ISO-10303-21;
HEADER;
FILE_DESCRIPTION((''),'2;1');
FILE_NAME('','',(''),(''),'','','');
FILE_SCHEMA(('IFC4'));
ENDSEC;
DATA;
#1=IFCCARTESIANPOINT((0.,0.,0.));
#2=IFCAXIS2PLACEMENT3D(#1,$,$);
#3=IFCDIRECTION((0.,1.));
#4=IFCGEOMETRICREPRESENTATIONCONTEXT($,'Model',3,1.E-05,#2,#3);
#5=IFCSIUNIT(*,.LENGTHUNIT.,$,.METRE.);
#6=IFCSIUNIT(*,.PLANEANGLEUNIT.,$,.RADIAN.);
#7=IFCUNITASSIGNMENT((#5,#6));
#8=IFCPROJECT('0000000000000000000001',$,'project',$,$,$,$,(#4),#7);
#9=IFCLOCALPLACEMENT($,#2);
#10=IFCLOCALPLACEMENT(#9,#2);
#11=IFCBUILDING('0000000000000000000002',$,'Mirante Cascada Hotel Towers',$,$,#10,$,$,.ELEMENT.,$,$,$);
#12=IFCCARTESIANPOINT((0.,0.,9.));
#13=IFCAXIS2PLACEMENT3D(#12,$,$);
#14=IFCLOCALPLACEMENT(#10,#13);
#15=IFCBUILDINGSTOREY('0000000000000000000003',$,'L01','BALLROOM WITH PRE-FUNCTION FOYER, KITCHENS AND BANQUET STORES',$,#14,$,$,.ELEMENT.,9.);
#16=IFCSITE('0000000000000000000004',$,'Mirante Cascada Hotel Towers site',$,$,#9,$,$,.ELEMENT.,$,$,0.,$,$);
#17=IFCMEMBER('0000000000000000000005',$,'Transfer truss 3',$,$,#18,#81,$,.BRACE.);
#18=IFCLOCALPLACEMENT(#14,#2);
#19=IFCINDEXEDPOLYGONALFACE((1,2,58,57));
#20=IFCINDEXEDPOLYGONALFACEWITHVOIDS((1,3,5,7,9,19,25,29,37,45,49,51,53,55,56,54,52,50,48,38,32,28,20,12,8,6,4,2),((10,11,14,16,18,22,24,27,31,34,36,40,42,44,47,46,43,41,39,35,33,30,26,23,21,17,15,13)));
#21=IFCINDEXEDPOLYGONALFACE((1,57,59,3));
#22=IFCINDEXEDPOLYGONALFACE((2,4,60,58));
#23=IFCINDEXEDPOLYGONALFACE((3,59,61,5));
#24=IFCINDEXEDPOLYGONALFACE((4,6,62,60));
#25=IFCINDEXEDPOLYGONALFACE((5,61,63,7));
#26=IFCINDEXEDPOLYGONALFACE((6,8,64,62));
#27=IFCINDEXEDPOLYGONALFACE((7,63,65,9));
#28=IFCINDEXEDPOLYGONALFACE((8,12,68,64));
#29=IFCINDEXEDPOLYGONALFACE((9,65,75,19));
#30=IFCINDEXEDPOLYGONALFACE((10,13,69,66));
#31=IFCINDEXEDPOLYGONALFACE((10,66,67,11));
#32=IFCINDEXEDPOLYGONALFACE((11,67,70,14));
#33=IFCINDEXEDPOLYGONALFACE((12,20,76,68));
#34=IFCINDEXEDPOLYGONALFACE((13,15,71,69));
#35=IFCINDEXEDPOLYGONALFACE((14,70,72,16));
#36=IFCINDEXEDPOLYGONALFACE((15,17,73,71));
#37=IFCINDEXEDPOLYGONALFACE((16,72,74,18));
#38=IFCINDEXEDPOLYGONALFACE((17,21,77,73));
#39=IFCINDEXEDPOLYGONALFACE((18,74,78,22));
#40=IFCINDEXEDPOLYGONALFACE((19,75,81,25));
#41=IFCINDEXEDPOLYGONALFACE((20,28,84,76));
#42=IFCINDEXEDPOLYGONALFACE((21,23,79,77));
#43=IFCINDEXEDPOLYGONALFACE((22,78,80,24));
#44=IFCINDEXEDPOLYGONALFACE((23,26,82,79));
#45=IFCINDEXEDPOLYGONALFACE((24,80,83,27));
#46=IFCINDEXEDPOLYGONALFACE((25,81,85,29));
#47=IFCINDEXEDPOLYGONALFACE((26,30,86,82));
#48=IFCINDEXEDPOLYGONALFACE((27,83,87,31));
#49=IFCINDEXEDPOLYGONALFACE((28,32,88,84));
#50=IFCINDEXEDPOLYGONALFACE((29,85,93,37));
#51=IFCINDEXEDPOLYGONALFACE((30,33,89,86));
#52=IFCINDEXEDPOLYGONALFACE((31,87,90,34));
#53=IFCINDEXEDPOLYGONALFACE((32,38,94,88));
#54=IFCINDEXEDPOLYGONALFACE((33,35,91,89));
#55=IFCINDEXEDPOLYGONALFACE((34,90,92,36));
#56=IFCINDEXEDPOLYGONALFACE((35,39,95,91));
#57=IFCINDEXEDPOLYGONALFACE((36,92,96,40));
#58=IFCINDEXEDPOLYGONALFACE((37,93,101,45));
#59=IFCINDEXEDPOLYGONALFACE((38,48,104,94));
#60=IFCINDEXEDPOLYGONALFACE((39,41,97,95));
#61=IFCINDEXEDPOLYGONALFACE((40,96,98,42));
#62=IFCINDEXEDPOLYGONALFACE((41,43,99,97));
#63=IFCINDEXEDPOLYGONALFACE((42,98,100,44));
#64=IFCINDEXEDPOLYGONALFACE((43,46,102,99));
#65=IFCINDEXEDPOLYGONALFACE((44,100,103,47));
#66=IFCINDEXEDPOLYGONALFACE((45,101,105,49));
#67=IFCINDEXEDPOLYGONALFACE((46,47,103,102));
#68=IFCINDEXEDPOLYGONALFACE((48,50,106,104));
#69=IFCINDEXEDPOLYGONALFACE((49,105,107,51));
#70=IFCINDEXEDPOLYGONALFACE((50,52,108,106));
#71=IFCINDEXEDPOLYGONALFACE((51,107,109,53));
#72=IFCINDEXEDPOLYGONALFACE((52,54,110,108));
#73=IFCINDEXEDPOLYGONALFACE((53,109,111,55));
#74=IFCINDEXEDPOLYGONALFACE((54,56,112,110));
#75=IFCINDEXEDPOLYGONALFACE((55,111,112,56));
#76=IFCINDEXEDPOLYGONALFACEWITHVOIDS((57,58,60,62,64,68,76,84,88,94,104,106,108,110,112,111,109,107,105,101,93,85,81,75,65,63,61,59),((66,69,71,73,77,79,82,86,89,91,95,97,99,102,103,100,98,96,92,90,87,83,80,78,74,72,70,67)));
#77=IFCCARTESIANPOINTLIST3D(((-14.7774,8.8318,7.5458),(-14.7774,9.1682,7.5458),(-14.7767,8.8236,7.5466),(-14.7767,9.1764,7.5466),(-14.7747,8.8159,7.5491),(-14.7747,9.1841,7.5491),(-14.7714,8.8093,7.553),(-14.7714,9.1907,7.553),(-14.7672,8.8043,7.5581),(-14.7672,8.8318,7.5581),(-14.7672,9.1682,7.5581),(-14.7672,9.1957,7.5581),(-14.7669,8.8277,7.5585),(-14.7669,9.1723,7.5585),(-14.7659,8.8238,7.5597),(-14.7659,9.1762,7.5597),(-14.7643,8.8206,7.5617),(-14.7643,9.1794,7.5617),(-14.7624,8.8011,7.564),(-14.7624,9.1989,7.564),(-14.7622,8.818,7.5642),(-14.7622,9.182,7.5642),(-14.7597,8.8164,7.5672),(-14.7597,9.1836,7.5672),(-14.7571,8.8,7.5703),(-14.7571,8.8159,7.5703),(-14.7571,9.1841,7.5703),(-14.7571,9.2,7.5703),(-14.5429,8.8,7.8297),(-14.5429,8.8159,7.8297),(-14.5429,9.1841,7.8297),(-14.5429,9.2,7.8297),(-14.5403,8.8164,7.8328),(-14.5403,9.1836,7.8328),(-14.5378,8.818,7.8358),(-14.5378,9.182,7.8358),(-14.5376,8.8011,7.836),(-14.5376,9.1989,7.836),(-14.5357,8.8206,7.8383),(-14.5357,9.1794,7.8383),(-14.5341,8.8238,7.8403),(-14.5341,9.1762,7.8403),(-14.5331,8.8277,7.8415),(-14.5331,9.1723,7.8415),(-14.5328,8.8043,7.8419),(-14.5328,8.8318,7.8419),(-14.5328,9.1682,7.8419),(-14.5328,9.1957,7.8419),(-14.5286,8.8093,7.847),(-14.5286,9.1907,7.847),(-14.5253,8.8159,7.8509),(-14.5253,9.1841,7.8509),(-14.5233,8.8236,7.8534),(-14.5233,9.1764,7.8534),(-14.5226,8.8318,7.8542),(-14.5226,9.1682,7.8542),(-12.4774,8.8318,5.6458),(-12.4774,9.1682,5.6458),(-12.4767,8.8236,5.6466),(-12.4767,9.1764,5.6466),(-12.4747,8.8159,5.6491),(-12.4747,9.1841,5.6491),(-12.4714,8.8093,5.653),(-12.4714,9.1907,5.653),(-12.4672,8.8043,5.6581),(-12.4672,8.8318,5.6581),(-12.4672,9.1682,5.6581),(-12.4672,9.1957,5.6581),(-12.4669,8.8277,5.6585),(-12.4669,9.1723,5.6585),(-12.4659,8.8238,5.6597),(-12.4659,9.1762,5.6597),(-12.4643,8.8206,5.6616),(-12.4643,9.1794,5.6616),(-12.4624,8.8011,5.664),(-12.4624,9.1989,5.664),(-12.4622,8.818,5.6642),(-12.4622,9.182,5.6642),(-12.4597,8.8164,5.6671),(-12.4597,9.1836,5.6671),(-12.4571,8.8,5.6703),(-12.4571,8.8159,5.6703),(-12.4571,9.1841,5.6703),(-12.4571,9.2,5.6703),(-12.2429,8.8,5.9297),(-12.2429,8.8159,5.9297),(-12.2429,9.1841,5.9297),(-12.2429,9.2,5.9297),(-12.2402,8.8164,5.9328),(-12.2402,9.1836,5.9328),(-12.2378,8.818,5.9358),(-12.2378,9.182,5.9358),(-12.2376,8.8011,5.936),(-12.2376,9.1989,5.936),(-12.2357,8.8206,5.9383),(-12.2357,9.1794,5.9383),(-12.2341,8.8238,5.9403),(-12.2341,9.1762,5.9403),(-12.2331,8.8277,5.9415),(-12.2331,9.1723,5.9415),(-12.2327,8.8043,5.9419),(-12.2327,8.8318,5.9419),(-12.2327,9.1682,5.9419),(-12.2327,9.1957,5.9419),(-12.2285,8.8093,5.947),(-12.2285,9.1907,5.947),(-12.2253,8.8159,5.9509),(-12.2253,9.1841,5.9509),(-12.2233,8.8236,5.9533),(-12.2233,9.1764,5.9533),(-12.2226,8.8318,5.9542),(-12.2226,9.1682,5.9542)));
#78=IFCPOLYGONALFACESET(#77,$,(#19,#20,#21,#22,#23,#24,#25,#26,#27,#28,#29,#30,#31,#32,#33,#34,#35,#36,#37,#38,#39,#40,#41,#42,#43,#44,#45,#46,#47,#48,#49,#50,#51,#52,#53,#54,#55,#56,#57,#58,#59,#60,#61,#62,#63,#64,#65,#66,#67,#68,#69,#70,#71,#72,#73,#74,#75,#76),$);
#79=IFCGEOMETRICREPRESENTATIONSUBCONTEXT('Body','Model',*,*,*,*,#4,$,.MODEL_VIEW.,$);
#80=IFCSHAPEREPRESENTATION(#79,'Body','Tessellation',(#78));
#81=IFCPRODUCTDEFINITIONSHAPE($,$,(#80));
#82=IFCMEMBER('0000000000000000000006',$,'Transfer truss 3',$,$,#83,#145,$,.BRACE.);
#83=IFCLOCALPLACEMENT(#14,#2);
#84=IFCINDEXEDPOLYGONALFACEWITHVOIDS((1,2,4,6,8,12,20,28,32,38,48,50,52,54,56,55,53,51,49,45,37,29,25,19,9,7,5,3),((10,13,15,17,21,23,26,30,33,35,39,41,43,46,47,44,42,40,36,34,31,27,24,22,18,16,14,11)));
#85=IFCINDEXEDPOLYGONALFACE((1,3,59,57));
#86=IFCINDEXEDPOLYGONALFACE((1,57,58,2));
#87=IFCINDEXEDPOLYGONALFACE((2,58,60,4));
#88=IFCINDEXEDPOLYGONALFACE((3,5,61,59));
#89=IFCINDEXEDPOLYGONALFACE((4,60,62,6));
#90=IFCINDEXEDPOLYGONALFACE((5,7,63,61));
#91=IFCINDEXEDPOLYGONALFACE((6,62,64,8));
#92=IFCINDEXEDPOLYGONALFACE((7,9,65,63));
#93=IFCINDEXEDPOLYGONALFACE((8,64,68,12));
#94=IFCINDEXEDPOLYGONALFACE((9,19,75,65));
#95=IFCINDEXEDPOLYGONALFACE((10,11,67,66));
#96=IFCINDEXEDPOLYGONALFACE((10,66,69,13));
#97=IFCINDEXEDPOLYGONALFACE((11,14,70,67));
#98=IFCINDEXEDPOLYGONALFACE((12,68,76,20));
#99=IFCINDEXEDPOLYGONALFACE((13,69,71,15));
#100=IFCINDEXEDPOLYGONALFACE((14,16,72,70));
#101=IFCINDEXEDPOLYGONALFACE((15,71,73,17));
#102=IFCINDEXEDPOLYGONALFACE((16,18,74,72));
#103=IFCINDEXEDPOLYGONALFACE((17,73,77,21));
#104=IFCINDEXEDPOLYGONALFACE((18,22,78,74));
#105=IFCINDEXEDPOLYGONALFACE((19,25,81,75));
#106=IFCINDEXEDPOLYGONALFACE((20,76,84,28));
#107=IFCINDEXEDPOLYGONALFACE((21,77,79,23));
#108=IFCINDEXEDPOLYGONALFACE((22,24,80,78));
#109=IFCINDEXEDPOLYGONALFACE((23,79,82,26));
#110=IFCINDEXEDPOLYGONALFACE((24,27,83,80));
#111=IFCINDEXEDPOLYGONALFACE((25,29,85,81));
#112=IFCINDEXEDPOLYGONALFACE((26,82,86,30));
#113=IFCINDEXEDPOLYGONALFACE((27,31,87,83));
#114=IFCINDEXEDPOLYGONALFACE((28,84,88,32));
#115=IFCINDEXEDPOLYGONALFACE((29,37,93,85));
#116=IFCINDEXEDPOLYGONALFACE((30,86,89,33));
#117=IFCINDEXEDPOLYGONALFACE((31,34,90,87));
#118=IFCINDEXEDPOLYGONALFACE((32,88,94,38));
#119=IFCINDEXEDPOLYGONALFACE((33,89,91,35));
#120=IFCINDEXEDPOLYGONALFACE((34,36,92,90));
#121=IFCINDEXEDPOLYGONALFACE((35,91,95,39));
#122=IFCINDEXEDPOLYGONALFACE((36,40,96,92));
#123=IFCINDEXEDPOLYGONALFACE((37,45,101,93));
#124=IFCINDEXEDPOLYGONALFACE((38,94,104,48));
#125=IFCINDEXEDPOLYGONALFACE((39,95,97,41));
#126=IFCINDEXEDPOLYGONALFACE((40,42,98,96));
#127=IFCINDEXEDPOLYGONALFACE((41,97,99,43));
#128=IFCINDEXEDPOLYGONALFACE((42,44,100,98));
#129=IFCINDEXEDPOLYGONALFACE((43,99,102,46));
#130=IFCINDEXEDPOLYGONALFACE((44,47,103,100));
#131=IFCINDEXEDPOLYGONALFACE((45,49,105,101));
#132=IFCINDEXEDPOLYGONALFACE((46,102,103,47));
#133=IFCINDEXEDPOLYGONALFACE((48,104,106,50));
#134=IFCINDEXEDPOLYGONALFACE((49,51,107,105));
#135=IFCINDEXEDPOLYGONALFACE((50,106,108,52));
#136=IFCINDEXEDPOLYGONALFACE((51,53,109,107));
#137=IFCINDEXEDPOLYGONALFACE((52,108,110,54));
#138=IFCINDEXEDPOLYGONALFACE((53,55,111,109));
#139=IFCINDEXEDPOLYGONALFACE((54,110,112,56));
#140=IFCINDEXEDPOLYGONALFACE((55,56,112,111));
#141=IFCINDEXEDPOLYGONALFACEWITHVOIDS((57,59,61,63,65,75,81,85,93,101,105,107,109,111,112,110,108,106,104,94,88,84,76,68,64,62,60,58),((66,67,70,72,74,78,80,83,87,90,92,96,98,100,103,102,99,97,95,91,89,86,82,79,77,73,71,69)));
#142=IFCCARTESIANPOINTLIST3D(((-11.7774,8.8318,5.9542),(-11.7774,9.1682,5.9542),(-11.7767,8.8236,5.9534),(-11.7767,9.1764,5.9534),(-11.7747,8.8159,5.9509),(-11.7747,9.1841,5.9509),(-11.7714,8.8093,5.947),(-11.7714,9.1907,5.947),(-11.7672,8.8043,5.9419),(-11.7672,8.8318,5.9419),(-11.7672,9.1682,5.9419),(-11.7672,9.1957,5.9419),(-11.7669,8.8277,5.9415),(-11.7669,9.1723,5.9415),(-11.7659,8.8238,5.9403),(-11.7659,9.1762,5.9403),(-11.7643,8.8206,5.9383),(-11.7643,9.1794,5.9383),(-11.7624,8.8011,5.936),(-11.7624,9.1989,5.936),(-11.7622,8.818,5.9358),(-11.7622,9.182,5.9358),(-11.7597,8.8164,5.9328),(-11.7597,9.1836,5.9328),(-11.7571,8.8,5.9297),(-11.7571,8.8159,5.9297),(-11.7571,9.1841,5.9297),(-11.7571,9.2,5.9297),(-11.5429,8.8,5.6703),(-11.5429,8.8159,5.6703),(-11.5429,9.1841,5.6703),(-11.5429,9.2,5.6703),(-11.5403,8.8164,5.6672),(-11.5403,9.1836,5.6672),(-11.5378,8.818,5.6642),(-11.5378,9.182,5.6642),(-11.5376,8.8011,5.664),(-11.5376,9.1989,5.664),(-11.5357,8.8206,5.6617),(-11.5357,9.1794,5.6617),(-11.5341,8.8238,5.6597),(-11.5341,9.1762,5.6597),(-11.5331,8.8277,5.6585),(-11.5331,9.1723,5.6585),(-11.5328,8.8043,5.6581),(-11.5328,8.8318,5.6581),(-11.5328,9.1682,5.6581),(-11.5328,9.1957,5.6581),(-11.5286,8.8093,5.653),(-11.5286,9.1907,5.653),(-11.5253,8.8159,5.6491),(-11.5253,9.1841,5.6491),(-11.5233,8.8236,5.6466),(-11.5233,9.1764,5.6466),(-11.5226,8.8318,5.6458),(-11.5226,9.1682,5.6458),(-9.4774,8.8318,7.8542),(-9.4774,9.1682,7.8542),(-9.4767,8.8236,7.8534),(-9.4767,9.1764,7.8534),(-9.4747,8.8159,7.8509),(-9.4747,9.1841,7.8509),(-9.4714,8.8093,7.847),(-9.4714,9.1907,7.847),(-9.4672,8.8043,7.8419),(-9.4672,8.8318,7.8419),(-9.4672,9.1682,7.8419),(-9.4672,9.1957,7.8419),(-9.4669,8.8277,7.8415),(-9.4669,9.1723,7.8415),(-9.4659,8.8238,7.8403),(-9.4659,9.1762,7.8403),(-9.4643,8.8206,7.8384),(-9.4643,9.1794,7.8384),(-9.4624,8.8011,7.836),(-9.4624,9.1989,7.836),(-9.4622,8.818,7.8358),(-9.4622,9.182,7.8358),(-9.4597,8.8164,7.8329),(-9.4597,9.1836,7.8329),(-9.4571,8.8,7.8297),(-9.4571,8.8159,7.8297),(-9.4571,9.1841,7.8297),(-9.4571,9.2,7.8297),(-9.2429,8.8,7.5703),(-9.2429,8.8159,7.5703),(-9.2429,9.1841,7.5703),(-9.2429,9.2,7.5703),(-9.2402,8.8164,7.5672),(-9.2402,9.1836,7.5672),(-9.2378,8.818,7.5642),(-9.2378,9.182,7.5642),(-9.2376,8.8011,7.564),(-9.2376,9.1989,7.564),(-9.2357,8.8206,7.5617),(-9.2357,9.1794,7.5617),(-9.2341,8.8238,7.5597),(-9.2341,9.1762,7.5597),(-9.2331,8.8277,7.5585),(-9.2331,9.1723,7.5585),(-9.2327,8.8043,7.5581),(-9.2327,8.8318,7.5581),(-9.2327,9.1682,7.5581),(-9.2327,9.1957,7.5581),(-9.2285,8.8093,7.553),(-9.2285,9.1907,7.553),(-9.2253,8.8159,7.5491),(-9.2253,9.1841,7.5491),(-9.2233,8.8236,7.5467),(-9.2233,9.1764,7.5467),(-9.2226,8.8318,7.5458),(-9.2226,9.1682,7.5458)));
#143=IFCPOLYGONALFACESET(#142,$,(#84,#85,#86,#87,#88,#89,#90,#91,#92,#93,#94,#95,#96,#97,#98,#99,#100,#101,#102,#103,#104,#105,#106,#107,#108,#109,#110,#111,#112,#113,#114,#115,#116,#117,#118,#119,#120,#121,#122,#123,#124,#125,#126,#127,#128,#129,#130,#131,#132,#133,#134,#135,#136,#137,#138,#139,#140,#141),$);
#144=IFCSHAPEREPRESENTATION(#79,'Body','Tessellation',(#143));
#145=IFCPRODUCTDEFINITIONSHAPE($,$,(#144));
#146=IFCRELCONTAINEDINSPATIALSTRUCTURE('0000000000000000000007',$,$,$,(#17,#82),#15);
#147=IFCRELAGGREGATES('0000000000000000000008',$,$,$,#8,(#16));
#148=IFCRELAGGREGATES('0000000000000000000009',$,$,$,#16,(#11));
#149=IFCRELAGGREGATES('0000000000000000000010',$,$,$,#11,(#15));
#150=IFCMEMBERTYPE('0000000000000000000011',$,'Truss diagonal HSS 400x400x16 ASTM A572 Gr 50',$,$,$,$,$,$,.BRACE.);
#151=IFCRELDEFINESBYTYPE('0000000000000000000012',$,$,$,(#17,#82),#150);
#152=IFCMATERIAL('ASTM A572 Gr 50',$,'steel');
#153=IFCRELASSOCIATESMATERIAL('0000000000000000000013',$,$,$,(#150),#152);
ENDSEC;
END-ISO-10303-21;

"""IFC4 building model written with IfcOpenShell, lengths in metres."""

from ifc_helpers import new_model, si_unit, direction, frame, origin, origin_2d, place, context, subcontext, project, spatial, hollow_rectangle, extrude, material, material_profile, profile_set, type_object, element, save


model = new_model("IFC4")

# Units and contexts
model_context = context("Model", 3, precision=1e-05, world=origin(), true_north=direction((0.0, 1.0)))
body_context = subcontext(model_context, "Body", "Model", "MODEL_VIEW")
ifc_project = project(units=[si_unit("LENGTHUNIT", "METRE"), si_unit("PLANEANGLEUNIT", "RADIAN")], contexts=[model_context])

# Site, building, storey
site_placement = place(None, origin())
site = spatial("IfcSite", under=ifc_project, at=site_placement, Name="Mirante Cascada Hotel Towers site", CompositionType="ELEMENT", RefElevation=0.0)
building_placement = place(site_placement, origin())
building = spatial("IfcBuilding", under=site, at=building_placement, Name="Mirante Cascada Hotel Towers", CompositionType="ELEMENT")
storey_placement = place(building_placement, frame((0.0, 0.0, 9.0)))
storey = spatial("IfcBuildingStorey", under=building, at=storey_placement, Name="L01", Description="BALLROOM WITH PRE-FUNCTION FOYER, KITCHENS AND BANQUET STORES", CompositionType="ELEMENT", Elevation=9.0)

# Members
ifc_material_1 = material(Name="ASTM A572 Gr 50", Category="steel")
ifc_material_profile_1 = material_profile(ifc_material_1, hollow_rectangle(XDim=0.4, YDim=0.4, WallThickness=0.0159, InnerFilletRadius=0.0159, OuterFilletRadius=0.0318, at=origin_2d()), Name="HSS 400x400x16")
ifc_profile_set_1 = profile_set([ifc_material_profile_1], Name="ASTM A572 Gr 50")
member_type_1 = type_object("IfcMemberType", Name="Truss diagonal HSS 400x400x16 ASTM A572 Gr 50", PredefinedType="BRACE", material=ifc_profile_set_1)
for number, where, z_axis, x_axis, name in (
    (1, (-14.65, 9.0, 7.7), (0.770962, 0.0, -0.636881), (0.0, 1.0, 0.0), "Transfer truss 3"),
    (2, (-11.65, 9.0, 5.8), (0.770962, 0.0, 0.636881), (0.0, 1.0, 0.0), "Transfer truss 3"),
):
    element("IfcMember", number, at=place(storey_placement, frame(where, z_axis=z_axis, x_axis=x_axis)), inside=storey, type_object=member_type_1, Name=name, PredefinedType="BRACE", context=body_context, shape_type="SweptSolid", body=[
        extrude(hollow_rectangle(XDim=0.4, YDim=0.4, WallThickness=0.0159, InnerFilletRadius=0.0159, OuterFilletRadius=0.0318, at=origin_2d()), origin(), (0.0, 0.0, 1.0), 2.9833),
    ])

save(model, "model.ifc")
